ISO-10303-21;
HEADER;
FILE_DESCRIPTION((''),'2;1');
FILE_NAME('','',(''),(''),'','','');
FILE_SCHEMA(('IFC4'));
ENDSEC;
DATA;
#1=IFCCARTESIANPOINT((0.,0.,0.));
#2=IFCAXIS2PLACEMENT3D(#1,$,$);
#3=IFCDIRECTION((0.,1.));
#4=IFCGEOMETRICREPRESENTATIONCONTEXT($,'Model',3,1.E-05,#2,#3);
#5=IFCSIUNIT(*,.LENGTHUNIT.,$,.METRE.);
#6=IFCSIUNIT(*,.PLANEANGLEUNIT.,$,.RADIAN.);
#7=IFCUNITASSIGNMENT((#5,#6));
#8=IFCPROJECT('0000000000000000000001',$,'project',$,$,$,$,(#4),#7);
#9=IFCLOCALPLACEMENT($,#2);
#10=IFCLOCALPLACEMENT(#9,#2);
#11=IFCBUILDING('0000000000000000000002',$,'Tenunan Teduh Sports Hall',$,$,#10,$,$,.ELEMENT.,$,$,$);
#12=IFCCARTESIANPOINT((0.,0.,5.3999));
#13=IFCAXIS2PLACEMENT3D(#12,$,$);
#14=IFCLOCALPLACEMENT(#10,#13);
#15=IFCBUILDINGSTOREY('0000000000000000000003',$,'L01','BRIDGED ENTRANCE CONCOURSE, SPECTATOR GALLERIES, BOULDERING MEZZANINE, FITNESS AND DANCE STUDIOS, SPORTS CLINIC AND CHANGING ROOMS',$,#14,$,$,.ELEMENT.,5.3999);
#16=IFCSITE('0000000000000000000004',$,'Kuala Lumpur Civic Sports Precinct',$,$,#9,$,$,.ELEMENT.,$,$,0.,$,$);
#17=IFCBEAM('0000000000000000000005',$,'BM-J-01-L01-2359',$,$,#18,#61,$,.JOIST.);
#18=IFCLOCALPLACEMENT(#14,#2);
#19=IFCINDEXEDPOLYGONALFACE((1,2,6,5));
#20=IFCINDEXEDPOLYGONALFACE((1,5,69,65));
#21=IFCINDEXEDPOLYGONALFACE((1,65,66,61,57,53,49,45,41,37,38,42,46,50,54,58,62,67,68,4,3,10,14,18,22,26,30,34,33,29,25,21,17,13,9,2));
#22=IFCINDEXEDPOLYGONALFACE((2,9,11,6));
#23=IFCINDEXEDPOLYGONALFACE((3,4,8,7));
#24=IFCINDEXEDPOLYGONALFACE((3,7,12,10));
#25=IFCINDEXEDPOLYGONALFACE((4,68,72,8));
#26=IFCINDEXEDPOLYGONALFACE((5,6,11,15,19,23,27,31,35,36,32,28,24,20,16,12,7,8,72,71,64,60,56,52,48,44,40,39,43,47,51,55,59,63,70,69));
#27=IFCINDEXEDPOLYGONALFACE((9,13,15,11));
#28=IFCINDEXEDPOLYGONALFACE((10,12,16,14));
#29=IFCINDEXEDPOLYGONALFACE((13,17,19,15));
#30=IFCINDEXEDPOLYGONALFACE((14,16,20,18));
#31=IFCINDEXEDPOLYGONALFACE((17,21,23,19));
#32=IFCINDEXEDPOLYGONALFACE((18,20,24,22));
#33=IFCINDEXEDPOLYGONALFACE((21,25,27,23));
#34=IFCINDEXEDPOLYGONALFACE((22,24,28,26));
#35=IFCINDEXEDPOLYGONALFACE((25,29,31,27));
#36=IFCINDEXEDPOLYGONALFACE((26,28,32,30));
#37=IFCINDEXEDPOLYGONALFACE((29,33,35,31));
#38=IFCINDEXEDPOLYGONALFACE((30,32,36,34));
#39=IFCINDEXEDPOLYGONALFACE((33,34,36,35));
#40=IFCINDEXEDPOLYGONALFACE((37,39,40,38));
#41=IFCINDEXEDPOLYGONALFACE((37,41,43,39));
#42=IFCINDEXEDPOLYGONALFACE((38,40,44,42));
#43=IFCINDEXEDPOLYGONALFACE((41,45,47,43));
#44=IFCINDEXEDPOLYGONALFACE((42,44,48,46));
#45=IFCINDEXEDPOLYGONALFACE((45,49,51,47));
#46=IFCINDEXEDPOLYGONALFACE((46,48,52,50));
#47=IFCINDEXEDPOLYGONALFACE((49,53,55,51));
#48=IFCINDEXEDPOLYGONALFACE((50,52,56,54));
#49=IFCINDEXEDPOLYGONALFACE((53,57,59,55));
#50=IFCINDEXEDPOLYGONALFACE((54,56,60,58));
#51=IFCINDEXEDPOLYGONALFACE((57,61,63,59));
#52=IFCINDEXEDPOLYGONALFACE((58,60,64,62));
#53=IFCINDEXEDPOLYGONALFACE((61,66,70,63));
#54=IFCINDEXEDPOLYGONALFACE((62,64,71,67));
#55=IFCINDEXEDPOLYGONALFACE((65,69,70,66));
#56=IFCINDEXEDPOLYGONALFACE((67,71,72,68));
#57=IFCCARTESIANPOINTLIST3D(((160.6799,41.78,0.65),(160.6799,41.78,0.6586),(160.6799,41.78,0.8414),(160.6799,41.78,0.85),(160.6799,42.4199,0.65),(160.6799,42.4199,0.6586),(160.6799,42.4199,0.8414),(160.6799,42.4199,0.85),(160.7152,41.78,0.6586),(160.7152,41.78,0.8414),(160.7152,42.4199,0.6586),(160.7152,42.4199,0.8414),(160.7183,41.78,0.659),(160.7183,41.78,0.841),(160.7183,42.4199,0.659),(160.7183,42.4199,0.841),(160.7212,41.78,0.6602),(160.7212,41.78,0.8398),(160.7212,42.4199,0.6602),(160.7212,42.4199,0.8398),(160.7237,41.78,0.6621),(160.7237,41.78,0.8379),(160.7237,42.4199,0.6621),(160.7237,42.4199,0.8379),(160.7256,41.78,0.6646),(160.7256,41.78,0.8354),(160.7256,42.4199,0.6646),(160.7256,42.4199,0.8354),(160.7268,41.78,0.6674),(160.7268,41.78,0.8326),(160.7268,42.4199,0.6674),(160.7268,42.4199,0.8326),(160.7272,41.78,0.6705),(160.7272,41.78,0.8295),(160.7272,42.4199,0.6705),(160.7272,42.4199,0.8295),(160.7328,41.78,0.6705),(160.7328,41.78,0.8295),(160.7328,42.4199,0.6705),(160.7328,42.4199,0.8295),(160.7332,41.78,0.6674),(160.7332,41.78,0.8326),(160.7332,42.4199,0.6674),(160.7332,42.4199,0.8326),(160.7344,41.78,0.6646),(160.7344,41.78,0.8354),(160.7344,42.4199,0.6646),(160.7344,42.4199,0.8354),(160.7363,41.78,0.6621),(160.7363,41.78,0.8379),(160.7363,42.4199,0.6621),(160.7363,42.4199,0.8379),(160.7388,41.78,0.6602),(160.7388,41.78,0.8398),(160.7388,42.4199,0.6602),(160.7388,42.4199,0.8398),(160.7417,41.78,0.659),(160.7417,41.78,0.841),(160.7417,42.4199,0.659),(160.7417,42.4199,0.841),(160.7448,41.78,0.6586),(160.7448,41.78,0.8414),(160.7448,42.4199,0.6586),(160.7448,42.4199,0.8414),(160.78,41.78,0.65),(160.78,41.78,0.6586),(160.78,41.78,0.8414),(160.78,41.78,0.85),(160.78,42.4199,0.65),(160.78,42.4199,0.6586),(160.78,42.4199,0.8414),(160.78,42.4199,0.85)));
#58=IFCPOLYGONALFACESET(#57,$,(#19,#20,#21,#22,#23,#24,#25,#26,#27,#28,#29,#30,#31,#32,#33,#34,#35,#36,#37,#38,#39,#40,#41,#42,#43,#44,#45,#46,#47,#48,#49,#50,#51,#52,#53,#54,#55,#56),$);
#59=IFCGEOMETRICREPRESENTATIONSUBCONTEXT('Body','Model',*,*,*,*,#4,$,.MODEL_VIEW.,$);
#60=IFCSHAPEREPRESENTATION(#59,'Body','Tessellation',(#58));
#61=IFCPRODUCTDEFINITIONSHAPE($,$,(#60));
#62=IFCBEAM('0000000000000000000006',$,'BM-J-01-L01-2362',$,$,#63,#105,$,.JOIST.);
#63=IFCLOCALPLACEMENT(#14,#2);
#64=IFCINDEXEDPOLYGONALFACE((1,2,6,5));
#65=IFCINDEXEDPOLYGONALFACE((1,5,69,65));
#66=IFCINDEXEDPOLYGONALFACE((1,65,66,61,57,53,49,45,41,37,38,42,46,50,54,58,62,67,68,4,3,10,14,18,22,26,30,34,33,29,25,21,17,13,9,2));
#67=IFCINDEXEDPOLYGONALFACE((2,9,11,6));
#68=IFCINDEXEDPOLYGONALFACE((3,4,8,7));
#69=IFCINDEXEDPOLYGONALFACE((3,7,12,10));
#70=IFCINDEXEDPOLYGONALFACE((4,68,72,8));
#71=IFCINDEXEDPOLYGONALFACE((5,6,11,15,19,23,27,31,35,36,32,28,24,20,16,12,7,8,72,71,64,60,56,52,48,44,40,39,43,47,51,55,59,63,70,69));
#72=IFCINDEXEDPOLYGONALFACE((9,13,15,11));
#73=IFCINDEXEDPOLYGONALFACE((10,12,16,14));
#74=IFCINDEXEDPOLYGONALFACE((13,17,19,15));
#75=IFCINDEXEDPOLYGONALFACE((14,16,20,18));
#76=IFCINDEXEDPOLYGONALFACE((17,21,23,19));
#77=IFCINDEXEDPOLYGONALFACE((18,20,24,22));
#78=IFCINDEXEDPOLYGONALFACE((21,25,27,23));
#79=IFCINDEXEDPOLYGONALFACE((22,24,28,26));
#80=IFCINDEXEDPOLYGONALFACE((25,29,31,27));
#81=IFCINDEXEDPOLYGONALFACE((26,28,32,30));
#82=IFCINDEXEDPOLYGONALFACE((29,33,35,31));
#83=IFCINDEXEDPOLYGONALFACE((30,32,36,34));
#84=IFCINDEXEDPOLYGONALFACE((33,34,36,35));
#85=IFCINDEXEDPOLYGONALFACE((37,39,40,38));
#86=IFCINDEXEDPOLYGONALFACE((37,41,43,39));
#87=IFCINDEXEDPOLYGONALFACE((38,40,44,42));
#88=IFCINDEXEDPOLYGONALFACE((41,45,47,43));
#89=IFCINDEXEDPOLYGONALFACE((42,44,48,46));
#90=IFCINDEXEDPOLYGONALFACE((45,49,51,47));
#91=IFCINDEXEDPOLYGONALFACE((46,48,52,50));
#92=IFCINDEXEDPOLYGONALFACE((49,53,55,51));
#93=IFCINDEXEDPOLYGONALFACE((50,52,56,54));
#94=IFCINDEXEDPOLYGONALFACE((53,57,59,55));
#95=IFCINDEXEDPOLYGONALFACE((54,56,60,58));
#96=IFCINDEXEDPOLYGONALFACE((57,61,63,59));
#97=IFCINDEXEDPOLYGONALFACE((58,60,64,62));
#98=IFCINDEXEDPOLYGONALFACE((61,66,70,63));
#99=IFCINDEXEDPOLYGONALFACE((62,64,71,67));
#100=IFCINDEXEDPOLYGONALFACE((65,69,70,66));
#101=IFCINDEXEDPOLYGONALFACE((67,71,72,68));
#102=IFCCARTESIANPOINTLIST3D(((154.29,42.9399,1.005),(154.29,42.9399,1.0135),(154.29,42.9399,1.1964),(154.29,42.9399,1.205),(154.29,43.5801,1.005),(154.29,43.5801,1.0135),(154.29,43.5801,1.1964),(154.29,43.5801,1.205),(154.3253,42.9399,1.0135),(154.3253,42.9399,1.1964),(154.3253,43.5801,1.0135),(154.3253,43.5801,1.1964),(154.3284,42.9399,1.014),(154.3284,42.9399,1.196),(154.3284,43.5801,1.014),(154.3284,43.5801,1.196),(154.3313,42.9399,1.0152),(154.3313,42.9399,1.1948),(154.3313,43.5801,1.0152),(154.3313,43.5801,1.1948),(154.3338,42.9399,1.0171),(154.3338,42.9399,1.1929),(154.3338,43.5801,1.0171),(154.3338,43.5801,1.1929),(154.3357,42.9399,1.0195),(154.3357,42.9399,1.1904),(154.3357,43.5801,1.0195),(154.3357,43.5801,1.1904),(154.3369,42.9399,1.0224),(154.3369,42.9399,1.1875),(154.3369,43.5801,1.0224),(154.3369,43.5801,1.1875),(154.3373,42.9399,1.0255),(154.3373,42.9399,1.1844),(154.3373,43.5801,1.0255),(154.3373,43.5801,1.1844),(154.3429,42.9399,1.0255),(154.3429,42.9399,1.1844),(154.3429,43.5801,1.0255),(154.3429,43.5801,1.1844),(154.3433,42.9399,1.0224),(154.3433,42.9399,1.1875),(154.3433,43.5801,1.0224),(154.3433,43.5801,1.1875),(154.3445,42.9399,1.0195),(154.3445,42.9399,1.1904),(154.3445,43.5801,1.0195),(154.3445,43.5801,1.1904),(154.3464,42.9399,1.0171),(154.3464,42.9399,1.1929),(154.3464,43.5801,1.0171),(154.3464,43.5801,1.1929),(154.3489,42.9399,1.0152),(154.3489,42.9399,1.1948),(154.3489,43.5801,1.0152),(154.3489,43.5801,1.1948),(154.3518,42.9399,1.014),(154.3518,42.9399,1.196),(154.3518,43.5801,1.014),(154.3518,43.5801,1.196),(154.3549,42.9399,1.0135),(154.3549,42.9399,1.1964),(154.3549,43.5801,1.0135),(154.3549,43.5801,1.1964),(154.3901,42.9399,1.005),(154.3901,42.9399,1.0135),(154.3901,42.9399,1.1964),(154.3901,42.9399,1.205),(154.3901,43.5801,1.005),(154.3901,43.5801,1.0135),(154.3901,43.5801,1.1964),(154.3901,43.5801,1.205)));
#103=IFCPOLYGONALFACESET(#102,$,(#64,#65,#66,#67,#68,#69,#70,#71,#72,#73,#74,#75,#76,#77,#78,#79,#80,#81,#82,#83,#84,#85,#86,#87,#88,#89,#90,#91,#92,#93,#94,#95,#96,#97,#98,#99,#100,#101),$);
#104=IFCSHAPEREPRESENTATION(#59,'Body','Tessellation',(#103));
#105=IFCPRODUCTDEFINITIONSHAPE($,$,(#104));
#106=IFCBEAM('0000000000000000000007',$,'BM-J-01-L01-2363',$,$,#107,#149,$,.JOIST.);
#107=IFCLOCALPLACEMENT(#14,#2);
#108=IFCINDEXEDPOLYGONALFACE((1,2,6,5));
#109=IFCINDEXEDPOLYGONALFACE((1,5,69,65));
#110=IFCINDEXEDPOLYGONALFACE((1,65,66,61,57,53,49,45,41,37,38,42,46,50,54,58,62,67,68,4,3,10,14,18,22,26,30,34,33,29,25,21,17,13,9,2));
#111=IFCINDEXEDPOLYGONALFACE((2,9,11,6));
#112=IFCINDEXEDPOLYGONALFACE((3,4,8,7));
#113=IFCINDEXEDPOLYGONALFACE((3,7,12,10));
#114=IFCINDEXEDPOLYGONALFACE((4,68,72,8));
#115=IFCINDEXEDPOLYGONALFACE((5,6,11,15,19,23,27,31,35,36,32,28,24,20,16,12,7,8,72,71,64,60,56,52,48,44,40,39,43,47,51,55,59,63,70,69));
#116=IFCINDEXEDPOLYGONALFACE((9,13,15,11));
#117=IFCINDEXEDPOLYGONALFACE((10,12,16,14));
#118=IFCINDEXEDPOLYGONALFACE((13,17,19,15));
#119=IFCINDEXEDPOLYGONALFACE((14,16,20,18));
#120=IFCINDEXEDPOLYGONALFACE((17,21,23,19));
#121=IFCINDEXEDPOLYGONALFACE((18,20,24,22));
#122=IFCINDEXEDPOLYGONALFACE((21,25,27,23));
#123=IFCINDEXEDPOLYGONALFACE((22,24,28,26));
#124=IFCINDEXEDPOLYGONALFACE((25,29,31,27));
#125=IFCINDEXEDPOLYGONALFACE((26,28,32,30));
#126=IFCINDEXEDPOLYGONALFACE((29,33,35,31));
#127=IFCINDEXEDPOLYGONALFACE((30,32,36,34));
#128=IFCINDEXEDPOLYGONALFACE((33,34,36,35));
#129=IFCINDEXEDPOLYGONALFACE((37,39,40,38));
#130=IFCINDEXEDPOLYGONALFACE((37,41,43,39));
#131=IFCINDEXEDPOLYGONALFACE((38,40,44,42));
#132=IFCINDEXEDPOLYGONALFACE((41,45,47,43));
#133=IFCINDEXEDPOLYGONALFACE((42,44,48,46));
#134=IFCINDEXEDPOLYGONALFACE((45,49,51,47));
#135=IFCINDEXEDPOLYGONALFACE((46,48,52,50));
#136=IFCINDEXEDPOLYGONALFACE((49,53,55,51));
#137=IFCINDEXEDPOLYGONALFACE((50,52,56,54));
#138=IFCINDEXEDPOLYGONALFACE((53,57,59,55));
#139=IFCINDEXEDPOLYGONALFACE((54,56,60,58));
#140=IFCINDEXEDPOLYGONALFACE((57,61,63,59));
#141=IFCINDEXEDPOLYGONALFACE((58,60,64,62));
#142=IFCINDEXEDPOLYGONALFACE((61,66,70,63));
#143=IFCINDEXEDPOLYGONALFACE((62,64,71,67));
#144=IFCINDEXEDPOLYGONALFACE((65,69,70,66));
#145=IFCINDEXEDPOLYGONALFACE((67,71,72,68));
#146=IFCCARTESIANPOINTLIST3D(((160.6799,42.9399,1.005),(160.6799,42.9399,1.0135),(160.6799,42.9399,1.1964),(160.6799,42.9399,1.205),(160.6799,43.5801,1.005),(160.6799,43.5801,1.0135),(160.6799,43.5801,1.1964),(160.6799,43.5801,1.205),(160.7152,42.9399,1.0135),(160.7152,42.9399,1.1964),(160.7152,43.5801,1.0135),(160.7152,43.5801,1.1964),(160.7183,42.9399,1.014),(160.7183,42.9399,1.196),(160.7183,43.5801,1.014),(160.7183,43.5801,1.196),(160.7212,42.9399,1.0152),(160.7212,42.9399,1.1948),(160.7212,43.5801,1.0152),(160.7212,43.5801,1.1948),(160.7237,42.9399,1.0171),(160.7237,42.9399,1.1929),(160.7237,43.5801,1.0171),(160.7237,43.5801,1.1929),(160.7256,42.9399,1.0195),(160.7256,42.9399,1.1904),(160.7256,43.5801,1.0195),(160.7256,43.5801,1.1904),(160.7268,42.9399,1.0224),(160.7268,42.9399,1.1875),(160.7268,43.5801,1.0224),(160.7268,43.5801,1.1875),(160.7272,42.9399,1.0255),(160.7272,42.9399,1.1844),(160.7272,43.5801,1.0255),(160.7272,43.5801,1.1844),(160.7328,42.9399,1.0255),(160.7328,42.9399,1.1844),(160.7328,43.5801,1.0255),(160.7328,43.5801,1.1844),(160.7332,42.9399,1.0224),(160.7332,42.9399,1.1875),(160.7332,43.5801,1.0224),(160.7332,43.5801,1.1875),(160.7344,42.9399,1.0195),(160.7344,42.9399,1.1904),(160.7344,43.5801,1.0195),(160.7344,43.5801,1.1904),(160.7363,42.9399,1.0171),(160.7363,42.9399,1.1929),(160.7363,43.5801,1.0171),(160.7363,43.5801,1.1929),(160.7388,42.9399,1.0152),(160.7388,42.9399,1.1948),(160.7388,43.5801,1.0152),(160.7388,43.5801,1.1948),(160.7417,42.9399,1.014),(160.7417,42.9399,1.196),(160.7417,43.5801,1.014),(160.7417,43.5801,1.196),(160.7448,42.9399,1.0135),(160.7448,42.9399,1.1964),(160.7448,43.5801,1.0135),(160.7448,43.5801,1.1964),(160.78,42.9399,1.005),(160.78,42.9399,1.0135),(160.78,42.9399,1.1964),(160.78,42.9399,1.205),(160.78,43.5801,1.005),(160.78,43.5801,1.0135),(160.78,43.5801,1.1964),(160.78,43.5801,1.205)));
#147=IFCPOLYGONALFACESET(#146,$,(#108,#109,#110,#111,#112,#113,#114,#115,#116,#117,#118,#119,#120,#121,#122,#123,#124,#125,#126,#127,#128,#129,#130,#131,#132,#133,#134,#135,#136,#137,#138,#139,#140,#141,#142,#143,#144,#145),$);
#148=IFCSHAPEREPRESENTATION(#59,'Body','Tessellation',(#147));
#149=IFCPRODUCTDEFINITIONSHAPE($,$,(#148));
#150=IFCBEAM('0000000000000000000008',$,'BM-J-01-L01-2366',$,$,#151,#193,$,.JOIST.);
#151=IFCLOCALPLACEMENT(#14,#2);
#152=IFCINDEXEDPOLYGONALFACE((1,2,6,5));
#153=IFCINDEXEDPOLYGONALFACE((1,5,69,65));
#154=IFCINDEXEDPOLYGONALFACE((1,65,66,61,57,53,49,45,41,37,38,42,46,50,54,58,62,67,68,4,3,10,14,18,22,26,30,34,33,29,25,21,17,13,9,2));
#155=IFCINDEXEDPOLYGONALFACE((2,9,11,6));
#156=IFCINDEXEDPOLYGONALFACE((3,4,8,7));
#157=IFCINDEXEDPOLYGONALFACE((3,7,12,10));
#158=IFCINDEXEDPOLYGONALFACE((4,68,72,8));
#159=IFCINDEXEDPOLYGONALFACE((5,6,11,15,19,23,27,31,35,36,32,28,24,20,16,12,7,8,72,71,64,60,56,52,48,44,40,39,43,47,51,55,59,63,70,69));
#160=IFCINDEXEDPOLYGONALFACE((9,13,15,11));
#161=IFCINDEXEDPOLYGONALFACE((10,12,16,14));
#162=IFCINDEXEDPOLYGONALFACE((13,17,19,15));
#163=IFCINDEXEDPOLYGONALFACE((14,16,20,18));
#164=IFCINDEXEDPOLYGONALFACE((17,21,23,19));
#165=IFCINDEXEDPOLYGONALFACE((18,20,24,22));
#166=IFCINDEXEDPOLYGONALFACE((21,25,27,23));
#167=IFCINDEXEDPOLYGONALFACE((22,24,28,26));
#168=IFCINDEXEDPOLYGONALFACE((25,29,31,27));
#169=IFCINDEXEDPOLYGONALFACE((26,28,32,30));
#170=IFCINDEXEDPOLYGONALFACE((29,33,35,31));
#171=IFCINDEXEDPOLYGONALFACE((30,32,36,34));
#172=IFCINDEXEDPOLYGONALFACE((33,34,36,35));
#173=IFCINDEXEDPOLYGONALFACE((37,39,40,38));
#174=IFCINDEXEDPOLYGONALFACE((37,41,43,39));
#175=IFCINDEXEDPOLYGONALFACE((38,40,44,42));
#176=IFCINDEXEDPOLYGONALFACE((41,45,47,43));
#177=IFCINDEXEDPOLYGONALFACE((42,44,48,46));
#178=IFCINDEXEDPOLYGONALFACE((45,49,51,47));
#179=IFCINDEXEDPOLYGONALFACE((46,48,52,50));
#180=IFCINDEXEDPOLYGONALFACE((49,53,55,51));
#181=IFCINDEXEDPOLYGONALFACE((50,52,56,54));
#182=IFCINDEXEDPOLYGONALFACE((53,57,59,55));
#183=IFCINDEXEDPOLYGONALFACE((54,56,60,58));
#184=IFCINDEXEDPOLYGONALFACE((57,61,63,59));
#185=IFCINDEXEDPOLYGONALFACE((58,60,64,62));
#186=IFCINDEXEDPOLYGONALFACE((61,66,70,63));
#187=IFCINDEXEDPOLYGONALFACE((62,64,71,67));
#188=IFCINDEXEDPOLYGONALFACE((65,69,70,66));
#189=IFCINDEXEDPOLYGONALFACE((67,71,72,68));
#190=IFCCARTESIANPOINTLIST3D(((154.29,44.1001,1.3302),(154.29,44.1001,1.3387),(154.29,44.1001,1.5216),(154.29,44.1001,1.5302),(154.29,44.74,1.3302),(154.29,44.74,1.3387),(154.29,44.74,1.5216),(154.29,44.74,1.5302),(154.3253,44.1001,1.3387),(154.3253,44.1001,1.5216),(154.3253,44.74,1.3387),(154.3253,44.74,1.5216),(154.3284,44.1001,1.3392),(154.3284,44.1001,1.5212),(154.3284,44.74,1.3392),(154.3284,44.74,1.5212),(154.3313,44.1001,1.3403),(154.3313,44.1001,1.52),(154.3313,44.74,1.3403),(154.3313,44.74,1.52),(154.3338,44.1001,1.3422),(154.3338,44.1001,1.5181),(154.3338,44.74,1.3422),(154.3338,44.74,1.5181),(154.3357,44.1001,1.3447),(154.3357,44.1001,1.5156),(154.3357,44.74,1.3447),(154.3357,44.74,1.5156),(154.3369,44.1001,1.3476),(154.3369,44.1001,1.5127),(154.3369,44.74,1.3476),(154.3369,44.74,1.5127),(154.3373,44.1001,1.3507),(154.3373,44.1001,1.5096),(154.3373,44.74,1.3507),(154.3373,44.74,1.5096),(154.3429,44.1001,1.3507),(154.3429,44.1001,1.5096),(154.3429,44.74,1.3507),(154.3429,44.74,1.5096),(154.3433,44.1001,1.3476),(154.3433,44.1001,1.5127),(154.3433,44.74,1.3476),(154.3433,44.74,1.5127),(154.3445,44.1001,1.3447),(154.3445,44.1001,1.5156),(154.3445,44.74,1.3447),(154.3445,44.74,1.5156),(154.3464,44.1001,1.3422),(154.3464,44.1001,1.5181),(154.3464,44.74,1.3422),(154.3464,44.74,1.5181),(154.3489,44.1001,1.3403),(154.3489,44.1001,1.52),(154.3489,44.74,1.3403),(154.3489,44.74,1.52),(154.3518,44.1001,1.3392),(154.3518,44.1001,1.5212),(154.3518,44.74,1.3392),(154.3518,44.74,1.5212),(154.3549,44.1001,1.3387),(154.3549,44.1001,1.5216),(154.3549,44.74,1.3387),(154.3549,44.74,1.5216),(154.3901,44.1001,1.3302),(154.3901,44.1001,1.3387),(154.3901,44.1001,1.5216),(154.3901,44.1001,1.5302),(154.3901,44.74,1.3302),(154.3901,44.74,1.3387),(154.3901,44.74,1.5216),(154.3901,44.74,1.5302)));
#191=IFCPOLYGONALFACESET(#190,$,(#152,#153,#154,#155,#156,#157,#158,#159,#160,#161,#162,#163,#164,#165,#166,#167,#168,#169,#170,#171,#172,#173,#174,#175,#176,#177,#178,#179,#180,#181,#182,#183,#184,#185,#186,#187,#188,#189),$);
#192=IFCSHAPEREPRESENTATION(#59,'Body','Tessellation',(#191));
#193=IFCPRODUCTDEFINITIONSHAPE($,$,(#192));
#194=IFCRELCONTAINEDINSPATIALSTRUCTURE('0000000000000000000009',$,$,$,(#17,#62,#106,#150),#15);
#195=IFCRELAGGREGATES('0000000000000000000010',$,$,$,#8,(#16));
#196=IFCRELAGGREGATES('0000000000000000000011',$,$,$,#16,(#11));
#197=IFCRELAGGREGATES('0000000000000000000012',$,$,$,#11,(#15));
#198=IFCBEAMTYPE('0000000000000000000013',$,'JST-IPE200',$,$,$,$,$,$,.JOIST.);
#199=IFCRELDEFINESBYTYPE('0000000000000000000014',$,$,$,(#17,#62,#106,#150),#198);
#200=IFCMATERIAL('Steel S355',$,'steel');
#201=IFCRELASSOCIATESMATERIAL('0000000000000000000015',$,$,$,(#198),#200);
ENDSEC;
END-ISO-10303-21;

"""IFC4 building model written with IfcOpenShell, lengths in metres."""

from ifc_helpers import new_model, si_unit, direction, frame, origin, origin_2d, place, context, subcontext, project, spatial, i_section, extrude, material, material_profile, profile_set, type_object, element, save


model = new_model("IFC4")

# Units and contexts
model_context = context("Model", 3, precision=1e-05, world=origin(), true_north=direction((0.0, 1.0)))
body_context = subcontext(model_context, "Body", "Model", "MODEL_VIEW")
ifc_project = project(units=[si_unit("LENGTHUNIT", "METRE"), si_unit("PLANEANGLEUNIT", "RADIAN")], contexts=[model_context])

# Site, building, storey
site_placement = place(None, origin())
site = spatial("IfcSite", under=ifc_project, at=site_placement, Name="Kuala Lumpur Civic Sports Precinct", CompositionType="ELEMENT", RefElevation=0.0)
building_placement = place(site_placement, origin())
building = spatial("IfcBuilding", under=site, at=building_placement, Name="Tenunan Teduh Sports Hall", CompositionType="ELEMENT")
storey_placement = place(building_placement, frame((0.0, 0.0, 5.3999)))
storey = spatial("IfcBuildingStorey", under=building, at=storey_placement, Name="L01", Description="BRIDGED ENTRANCE CONCOURSE, SPECTATOR GALLERIES, BOULDERING MEZZANINE, FITNESS AND DANCE STUDIOS, SPORTS CLINIC AND CHANGING ROOMS", CompositionType="ELEMENT", Elevation=5.3999)

# Beams
ifc_material_1 = material(Name="Steel S355", Category="steel")
ifc_material_profile_1 = material_profile(ifc_material_1, i_section(OverallWidth=0.1001, OverallDepth=0.2, WebThickness=0.0056, FlangeThickness=0.0085, FilletRadius=0.012, at=origin_2d()), Name="IPE 200")
ifc_profile_set_1 = profile_set([ifc_material_profile_1], Name="Steel S355")
beam_type = type_object("IfcBeamType", Name="JST-IPE200", PredefinedType="JOIST", material=ifc_profile_set_1)
for number, where, z_axis, x_axis, name in (
    (1, (160.73, 41.78, 0.75), (0.0, 1.0, 0.0), (-1.0, 0.0, 0.0), "BM-J-01-L01-2359"),
):
    element("IfcBeam", number, at=place(storey_placement, frame(where, z_axis=z_axis, x_axis=x_axis)), inside=storey, type_object=beam_type, Name=name, PredefinedType="JOIST", context=body_context, shape_type="SweptSolid", body=[
        extrude(i_section(OverallWidth=0.1001, OverallDepth=0.2, WebThickness=0.0056, FlangeThickness=0.0085, FilletRadius=0.012, at=origin_2d()), origin(), (0.0, 0.0, 1.0), 0.6399),
    ])
for number, where, z_axis, x_axis, name in (
    (2, (154.3401, 42.9399, 1.105), (0.0, 1.0, 0.0), (-1.0, 0.0, 0.0), "BM-J-01-L01-2362"),
    (3, (160.73, 42.9399, 1.105), (0.0, 1.0, 0.0), (-1.0, 0.0, 0.0), "BM-J-01-L01-2363"),
):
    element("IfcBeam", number, at=place(storey_placement, frame(where, z_axis=z_axis, x_axis=x_axis)), inside=storey, type_object=beam_type, Name=name, PredefinedType="JOIST", context=body_context, shape_type="SweptSolid", body=[
        extrude(i_section(OverallWidth=0.1001, OverallDepth=0.2, WebThickness=0.0056, FlangeThickness=0.0085, FilletRadius=0.012, at=origin_2d()), origin(), (0.0, 0.0, 1.0), 0.6401),
    ])
beam_placement = place(storey_placement, frame((154.3401, 44.1001, 1.4302), z_axis=(0.0, 1.0, 0.0), x_axis=(-1.0, 0.0, 0.0)))
element("IfcBeam", 4, at=beam_placement, inside=storey, type_object=beam_type, Name="BM-J-01-L01-2366", PredefinedType="JOIST", context=body_context, shape_type="SweptSolid", body=[
    extrude(i_section(OverallWidth=0.1001, OverallDepth=0.2, WebThickness=0.0056, FlangeThickness=0.0085, FilletRadius=0.012, at=origin_2d()), origin(), (0.0, 0.0, 1.0), 0.6399),
])

save(model, "model.ifc")
